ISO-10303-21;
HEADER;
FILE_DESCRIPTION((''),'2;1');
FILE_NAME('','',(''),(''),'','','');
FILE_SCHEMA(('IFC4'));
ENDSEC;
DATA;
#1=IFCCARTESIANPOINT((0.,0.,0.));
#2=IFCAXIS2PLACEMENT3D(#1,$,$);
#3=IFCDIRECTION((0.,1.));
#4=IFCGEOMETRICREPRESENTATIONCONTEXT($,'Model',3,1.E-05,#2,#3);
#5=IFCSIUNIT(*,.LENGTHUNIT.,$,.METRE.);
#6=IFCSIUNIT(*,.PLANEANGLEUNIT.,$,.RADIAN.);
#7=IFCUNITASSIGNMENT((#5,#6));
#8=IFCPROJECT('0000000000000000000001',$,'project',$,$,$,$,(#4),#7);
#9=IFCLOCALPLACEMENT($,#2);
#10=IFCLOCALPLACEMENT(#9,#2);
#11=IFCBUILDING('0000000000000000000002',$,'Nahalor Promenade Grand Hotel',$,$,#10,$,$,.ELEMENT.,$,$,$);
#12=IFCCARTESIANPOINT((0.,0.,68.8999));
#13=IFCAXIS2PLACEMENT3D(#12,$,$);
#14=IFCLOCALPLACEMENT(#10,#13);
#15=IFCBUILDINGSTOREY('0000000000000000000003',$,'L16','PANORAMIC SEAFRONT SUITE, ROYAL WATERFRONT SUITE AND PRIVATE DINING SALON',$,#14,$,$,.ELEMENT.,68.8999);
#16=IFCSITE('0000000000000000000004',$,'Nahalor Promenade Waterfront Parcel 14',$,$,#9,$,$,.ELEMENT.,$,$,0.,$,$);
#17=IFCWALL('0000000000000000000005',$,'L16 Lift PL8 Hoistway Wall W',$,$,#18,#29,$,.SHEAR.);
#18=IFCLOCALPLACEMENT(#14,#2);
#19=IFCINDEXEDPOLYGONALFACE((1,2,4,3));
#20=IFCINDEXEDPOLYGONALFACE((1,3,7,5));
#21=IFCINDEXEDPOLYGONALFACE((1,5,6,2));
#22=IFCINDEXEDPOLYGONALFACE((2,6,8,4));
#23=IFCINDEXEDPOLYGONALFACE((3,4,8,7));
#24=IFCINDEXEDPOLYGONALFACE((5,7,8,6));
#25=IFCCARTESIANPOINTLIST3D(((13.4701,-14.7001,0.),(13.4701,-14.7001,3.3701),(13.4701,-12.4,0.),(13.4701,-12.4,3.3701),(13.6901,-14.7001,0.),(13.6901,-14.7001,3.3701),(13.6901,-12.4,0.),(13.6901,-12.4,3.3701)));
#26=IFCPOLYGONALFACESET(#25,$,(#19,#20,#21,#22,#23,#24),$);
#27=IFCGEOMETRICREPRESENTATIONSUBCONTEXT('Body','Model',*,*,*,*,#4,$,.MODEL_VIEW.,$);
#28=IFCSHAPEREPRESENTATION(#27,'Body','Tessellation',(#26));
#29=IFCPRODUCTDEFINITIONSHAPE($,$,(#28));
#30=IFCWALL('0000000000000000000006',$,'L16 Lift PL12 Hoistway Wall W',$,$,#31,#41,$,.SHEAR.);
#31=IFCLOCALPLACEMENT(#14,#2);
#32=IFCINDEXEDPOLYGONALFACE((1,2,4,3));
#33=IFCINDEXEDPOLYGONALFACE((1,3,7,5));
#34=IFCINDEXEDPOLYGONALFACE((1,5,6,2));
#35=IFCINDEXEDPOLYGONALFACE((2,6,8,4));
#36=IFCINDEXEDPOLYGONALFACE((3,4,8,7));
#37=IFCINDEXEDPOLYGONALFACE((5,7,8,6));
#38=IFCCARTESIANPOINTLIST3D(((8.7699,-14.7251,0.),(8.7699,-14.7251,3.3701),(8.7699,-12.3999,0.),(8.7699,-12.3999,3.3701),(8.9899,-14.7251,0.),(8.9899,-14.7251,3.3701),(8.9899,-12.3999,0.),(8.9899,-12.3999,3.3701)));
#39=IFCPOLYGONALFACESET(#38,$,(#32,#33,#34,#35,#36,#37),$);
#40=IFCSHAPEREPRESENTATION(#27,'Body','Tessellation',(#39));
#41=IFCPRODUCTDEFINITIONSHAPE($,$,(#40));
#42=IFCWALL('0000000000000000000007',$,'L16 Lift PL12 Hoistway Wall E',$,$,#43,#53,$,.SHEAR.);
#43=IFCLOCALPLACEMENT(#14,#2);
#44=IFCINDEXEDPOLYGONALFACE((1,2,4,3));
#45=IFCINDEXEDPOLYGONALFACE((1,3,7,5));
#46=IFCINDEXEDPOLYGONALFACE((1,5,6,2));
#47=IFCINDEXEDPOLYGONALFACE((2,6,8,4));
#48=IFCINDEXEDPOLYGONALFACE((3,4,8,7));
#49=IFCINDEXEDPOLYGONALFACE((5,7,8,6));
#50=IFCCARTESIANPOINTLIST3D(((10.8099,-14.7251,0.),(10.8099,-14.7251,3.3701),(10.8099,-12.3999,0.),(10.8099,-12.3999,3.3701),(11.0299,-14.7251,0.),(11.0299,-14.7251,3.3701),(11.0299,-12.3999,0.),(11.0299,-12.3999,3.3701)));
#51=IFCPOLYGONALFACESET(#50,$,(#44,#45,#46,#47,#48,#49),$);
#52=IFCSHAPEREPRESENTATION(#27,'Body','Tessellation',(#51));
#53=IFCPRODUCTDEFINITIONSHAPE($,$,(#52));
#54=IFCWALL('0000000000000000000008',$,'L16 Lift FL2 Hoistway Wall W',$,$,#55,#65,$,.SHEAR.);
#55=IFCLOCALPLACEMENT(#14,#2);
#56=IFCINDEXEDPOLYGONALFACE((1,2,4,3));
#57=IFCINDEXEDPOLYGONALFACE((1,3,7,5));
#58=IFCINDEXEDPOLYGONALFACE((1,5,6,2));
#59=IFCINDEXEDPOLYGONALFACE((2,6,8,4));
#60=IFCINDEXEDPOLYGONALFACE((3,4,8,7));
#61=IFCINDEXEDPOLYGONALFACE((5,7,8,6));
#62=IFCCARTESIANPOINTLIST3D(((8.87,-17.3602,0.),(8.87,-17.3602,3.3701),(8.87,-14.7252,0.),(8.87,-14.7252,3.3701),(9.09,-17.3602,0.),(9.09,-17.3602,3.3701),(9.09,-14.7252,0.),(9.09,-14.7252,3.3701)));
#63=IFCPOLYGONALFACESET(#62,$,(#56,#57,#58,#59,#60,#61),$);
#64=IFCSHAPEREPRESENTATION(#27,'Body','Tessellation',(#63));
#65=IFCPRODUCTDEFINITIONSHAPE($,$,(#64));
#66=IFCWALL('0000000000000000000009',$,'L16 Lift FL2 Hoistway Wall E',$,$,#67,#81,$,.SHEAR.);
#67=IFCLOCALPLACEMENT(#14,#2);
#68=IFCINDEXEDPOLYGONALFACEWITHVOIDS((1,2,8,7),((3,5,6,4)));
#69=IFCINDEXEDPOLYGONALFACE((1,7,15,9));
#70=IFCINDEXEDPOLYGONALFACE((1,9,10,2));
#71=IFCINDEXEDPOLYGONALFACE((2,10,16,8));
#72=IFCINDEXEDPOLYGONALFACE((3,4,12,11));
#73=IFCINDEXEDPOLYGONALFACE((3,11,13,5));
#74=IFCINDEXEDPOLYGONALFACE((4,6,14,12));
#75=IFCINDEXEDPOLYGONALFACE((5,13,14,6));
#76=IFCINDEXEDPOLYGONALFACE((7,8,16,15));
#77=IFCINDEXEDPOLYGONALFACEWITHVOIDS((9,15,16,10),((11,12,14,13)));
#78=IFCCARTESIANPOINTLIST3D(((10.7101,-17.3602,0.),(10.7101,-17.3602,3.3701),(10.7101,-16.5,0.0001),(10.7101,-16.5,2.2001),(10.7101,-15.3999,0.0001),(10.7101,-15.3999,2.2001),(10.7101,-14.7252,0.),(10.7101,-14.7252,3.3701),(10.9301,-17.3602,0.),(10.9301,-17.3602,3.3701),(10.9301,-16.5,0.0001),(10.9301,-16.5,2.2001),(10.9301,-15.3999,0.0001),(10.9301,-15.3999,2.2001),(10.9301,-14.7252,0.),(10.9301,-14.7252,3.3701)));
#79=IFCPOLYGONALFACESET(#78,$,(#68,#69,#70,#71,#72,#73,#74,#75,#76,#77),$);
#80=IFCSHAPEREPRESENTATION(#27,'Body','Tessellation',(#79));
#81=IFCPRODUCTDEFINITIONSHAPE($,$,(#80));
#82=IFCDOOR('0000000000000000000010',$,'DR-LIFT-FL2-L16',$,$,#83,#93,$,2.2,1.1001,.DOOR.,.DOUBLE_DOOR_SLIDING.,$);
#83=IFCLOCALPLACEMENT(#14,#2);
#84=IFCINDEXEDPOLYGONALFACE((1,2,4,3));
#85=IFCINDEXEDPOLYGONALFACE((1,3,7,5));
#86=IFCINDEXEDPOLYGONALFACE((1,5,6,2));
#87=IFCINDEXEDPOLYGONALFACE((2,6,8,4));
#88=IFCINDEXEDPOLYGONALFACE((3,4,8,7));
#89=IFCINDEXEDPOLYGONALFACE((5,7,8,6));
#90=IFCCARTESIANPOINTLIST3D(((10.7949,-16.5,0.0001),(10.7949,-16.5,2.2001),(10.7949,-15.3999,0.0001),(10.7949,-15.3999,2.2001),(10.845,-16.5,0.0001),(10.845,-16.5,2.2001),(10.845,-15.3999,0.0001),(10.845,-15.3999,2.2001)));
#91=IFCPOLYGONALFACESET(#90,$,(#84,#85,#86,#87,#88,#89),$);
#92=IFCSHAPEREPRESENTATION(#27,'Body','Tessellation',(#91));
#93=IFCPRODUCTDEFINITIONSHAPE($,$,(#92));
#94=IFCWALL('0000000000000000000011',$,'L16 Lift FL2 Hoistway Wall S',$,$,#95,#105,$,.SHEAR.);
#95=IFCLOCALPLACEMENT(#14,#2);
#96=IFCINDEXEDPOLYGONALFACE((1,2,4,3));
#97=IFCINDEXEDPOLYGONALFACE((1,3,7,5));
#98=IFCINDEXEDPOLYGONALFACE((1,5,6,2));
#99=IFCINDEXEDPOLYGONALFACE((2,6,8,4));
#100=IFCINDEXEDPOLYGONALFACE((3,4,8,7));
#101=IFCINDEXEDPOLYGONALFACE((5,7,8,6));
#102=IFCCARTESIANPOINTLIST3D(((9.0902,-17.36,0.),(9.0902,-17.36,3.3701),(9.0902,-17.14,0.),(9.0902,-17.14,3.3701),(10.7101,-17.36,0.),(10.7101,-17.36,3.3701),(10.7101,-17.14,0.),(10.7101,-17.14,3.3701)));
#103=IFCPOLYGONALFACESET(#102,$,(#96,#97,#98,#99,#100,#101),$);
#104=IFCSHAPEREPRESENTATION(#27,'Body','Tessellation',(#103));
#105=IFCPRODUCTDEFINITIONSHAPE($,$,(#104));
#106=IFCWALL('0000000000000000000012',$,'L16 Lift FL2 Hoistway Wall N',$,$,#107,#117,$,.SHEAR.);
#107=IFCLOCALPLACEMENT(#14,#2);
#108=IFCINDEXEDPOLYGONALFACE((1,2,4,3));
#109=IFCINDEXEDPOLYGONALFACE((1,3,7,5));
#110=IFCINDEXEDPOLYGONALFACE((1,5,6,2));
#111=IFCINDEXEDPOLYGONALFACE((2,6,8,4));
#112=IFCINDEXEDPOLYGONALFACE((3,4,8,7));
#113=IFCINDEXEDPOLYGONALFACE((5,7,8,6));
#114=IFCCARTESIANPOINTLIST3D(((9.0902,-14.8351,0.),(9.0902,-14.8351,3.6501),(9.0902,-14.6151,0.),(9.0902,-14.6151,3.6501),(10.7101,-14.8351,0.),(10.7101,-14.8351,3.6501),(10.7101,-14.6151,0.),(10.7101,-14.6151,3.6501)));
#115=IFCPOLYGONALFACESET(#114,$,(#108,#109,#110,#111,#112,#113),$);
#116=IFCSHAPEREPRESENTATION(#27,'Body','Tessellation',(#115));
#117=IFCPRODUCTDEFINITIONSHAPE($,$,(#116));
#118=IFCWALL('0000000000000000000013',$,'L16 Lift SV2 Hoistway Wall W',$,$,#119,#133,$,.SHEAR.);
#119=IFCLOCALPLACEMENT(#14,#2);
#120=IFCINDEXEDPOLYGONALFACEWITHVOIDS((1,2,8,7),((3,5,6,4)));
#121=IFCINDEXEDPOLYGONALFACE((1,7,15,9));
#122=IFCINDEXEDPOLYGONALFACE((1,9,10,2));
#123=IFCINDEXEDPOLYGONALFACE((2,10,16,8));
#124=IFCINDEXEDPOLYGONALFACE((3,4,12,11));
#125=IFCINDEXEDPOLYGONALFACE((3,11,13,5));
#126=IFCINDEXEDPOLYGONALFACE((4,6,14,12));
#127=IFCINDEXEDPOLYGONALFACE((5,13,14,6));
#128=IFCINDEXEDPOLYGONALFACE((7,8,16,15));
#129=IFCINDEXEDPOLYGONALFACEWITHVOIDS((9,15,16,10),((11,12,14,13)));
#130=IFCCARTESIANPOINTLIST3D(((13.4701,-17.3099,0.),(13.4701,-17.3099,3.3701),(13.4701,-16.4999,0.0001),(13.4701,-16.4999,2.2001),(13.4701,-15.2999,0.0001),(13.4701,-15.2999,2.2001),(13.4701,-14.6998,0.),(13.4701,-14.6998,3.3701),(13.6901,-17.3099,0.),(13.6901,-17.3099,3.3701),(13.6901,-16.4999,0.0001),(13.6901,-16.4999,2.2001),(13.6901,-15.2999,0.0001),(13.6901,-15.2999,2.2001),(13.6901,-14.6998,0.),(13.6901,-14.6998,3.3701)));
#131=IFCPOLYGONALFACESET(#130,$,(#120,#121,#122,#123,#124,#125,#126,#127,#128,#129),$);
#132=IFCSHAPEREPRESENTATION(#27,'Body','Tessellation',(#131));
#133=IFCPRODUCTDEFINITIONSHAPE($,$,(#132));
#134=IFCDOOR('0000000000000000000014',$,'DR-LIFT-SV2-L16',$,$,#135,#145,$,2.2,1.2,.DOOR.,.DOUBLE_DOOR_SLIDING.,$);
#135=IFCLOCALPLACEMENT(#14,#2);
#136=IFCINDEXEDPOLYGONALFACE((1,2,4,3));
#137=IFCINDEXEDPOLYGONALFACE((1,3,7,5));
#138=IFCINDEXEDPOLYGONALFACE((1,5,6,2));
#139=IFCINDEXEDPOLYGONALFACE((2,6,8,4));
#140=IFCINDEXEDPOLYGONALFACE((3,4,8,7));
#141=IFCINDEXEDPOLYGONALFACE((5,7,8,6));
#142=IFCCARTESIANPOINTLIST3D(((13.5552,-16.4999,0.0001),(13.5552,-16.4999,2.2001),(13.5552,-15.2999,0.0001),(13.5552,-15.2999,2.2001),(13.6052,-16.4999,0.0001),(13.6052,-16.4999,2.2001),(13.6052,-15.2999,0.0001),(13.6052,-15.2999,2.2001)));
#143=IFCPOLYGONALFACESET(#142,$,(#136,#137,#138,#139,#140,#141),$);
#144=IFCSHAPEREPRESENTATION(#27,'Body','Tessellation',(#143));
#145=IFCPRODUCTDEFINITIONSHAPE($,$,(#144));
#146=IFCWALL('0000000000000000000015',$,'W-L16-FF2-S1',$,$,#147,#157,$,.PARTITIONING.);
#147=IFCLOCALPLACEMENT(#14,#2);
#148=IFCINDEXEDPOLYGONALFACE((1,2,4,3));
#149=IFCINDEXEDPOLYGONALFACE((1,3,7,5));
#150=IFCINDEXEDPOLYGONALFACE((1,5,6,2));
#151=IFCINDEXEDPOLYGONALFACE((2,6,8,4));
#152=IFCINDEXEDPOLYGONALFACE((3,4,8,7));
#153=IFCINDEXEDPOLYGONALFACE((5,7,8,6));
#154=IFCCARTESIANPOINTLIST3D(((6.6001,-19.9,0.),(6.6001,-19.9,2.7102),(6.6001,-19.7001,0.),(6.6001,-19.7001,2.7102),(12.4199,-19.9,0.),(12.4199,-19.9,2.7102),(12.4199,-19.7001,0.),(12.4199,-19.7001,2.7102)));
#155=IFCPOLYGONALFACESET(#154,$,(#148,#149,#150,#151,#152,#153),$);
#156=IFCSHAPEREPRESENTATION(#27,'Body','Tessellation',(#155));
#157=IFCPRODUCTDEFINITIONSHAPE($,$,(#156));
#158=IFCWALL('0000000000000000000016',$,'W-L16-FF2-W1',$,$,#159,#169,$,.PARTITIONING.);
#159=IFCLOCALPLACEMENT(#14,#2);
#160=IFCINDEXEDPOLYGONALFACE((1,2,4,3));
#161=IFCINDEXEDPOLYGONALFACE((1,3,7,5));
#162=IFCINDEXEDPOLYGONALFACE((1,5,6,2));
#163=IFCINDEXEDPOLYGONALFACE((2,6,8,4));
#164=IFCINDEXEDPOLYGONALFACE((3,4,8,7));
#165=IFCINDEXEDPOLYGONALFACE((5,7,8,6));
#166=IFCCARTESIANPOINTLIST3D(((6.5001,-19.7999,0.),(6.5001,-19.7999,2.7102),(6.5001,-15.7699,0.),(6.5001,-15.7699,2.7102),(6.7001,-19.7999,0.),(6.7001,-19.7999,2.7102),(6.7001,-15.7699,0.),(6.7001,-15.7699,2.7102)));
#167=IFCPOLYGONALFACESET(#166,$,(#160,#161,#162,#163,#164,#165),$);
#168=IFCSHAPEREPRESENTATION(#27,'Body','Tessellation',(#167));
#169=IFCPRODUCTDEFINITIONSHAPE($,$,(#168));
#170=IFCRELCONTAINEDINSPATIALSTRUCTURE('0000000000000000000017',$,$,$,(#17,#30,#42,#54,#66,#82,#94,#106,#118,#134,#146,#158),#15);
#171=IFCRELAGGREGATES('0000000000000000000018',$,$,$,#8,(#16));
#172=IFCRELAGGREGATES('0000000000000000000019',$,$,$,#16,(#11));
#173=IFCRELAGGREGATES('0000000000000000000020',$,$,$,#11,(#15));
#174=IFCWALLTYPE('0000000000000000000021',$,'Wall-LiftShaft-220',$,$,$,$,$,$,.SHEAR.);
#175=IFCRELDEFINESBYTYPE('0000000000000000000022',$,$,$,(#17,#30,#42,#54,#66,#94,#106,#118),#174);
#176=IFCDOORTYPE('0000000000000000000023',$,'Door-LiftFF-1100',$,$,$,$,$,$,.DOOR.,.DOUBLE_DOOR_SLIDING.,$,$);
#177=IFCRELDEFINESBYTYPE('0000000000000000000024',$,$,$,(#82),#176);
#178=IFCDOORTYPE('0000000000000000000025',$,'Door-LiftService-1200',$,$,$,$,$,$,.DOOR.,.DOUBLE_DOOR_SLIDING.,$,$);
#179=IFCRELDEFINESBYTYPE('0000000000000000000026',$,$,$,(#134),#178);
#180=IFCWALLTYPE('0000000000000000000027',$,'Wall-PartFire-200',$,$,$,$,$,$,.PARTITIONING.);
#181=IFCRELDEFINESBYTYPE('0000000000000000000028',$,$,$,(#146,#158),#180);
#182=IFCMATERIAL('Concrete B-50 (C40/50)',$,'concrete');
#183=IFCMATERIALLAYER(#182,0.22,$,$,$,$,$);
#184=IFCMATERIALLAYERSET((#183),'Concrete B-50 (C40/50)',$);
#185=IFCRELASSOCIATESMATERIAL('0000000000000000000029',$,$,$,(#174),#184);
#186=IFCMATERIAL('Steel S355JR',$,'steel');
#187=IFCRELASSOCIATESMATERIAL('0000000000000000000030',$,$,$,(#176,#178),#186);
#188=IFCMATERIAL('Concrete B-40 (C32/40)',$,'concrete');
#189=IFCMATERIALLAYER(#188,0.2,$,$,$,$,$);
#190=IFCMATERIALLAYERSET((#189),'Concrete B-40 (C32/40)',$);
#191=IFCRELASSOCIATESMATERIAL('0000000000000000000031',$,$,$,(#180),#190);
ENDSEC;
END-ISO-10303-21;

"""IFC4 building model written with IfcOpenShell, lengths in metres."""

from ifc_helpers import new_model, si_unit, direction, frame, frame_2d, origin, place, context, subcontext, project, spatial, rectangle, extrude, source, transform, mapped, material, layer, layer_set, type_object, element, fill, save


model = new_model("IFC4")

# Units and contexts
model_context = context("Model", 3, precision=1e-05, world=origin(), true_north=direction((0.0, 1.0)))
body_context = subcontext(model_context, "Body", "Model", "MODEL_VIEW")
ifc_project = project(units=[si_unit("LENGTHUNIT", "METRE"), si_unit("PLANEANGLEUNIT", "RADIAN")], contexts=[model_context])

# Site, building, storey
site_placement = place(None, origin())
site = spatial("IfcSite", under=ifc_project, at=site_placement, Name="Nahalor Promenade Waterfront Parcel 14", CompositionType="ELEMENT", RefElevation=0.0)
building_placement = place(site_placement, origin())
building = spatial("IfcBuilding", under=site, at=building_placement, Name="Nahalor Promenade Grand Hotel", CompositionType="ELEMENT")
storey_placement = place(building_placement, frame((0.0, 0.0, 68.8999)))
storey = spatial("IfcBuildingStorey", under=building, at=storey_placement, Name="L16", Description="PANORAMIC SEAFRONT SUITE, ROYAL WATERFRONT SUITE AND PRIVATE DINING SALON", CompositionType="ELEMENT", Elevation=68.8999)

# Shared definitions
ifc_material_1 = material(Name="Steel S355JR", Category="steel")

# Shared definitions
ifc_material_2 = material(Name="Concrete B-50 (C40/50)", Category="concrete")

# Walls
ifc_layer_1 = layer(ifc_material_2, 0.22)
ifc_layer_set_1 = layer_set([ifc_layer_1], Name="Concrete B-50 (C40/50)")
wall_type_1 = type_object("IfcWallType", Name="Wall-LiftShaft-220", PredefinedType="SHEAR", material=ifc_layer_set_1)
shared_shape_1 = source(origin(), body_context, "Body", "SweptSolid", [
    extrude(rectangle(XDim=2.3, YDim=0.22, at=frame_2d((1.1499, 0.0))), origin(), (0.0, 0.0, 1.0), 3.3701),
])
wall_1_placement = place(storey_placement, frame((13.5801, -14.7, 0.0), z_axis=(0.0, 0.0, 1.0), x_axis=(0.0, 1.0, 0.0)))
element("IfcWall", 1, at=wall_1_placement, inside=storey, type_object=wall_type_1, Name="L16 Lift PL8 Hoistway Wall W", PredefinedType="SHEAR", context=body_context, shape_type="MappedRepresentation", body=[
    mapped(shared_shape_1, transform((0.0, 0.0, 0.0), scale=1.0)),
])
shared_shape_2 = source(origin(), body_context, "Body", "SweptSolid", [
    extrude(rectangle(XDim=2.3252, YDim=0.22, at=frame_2d((1.1626, 0.0))), origin(), (0.0, 0.0, 1.0), 3.3701),
])
for number, where, z_axis, x_axis, name in (
    (2, (8.8799, -14.7251, 0.0), (0.0, 0.0, 1.0), (0.0, 1.0, 0.0), "L16 Lift PL12 Hoistway Wall W"),
    (3, (10.9199, -14.7251, 0.0), (0.0, 0.0, 1.0), (0.0, 1.0, 0.0), "L16 Lift PL12 Hoistway Wall E"),
):
    element("IfcWall", number, at=place(storey_placement, frame(where, z_axis=z_axis, x_axis=x_axis)), inside=storey, type_object=wall_type_1, Name=name, PredefinedType="SHEAR", context=body_context, shape_type="MappedRepresentation", body=[
        mapped(shared_shape_2, transform((0.0, 0.0, 0.0), scale=1.0)),
    ])
shared_shape_3 = source(origin(), body_context, "Body", "SweptSolid", [
    extrude(rectangle(XDim=2.635, YDim=0.22, at=frame_2d((1.3174, 0.0))), origin(), (0.0, 0.0, 1.0), 3.3701),
])
wall_2_placement = place(storey_placement, frame((8.98, -17.3601, 0.0), z_axis=(0.0, 0.0, 1.0), x_axis=(0.0, 1.0, 0.0)))
element("IfcWall", 4, at=wall_2_placement, inside=storey, type_object=wall_type_1, Name="L16 Lift FL2 Hoistway Wall W", PredefinedType="SHEAR", context=body_context, shape_type="MappedRepresentation", body=[
    mapped(shared_shape_3, transform((0.0, 0.0, 0.0), scale=1.0)),
])

# Wall, opening, door
wall_3_placement = place(storey_placement, frame((10.8201, -17.3601, 0.0), z_axis=(0.0, 0.0, 1.0), x_axis=(0.0, 1.0, 0.0)))
wall_3 = element("IfcWall", 5, at=wall_3_placement, inside=storey, type_object=wall_type_1, Name="L16 Lift FL2 Hoistway Wall E", PredefinedType="SHEAR", context=body_context, shape_type="MappedRepresentation", body=[
    mapped(shared_shape_3, transform((0.0, 0.0, 0.0), scale=1.0)),
])
opening_1_placement = place(wall_3_placement, frame((0.8601, 0.0, 0.0)))
opening_1 = element("IfcOpeningElement", 6, at=opening_1_placement, cuts=wall_3, PredefinedType="OPENING", context=body_context, shape_type="SweptSolid", body=[
    extrude(rectangle(XDim=1.1001, YDim=2.2, at=frame_2d((0.55, 1.1001))), frame((0.0, 0.1199, 0.0), z_axis=(0.0, -1.0, 0.0), x_axis=(1.0, 0.0, 0.0)), (0.0, 0.0, 1.0), 0.24),
])
door_type_1 = type_object("IfcDoorType", Name="Door-LiftFF-1100", OperationType="DOUBLE_DOOR_SLIDING", PredefinedType="DOOR", material=ifc_material_1)
shared_shape_4 = source(origin(), body_context, "Body", "SweptSolid", [
    extrude(rectangle(XDim=1.1001, YDim=2.2, at=frame_2d((0.55, 1.1001))), frame((0.0, 0.0249, 0.0), z_axis=(0.0, -1.0, 0.0), x_axis=(1.0, 0.0, 0.0)), (0.0, 0.0, 1.0), 0.05),
])
door_1_placement = place(opening_1_placement, frame((1.1001, 0.0, 0.0), z_axis=(0.0, 0.0, 1.0), x_axis=(-1.0, 0.0, 0.0)))
door_1 = element("IfcDoor", 7, at=door_1_placement, inside=storey, type_object=door_type_1, Name="DR-LIFT-FL2-L16", OperationType="DOUBLE_DOOR_SLIDING", OverallHeight=2.2, OverallWidth=1.1001, PredefinedType="DOOR", context=body_context, shape_type="MappedRepresentation", body=[
    mapped(shared_shape_4, transform((0.0, 0.0, 0.0), scale=1.0)),
])
fill(opening_1, door_1)

# Walls
shared_shape_5 = source(origin(), body_context, "Body", "SweptSolid", [
    extrude(rectangle(XDim=1.6199, YDim=0.22, at=frame_2d((0.8101, 0.0))), origin(), (0.0, 0.0, 1.0), 3.3701),
])
wall_4_placement = place(storey_placement, frame((9.0901, -17.25, 0.0), z_axis=(0.0, 0.0, 1.0), x_axis=(1.0, 0.0, 0.0)))
element("IfcWall", 8, at=wall_4_placement, inside=storey, type_object=wall_type_1, Name="L16 Lift FL2 Hoistway Wall S", PredefinedType="SHEAR", context=body_context, shape_type="MappedRepresentation", body=[
    mapped(shared_shape_5, transform((0.0, 0.0, 0.0), scale=1.0)),
])
shared_shape_6 = source(origin(), body_context, "Body", "SweptSolid", [
    extrude(rectangle(XDim=1.6199, YDim=0.22, at=frame_2d((0.8101, 0.0))), origin(), (0.0, 0.0, 1.0), 3.6501),
])
wall_5_placement = place(storey_placement, frame((9.0901, -14.7251, 0.0), z_axis=(0.0, 0.0, 1.0), x_axis=(1.0, 0.0, 0.0)))
element("IfcWall", 9, at=wall_5_placement, inside=storey, type_object=wall_type_1, Name="L16 Lift FL2 Hoistway Wall N", PredefinedType="SHEAR", context=body_context, shape_type="MappedRepresentation", body=[
    mapped(shared_shape_6, transform((0.0, 0.0, 0.0), scale=1.0)),
])

# Wall, opening, door
shared_shape_7 = source(origin(), body_context, "Body", "SweptSolid", [
    extrude(rectangle(XDim=2.6101, YDim=0.22, at=frame_2d((1.3052, 0.0))), origin(), (0.0, 0.0, 1.0), 3.3701),
])
wall_6_placement = place(storey_placement, frame((13.5801, -17.3101, 0.0), z_axis=(0.0, 0.0, 1.0), x_axis=(0.0, 1.0, 0.0)))
wall_6 = element("IfcWall", 10, at=wall_6_placement, inside=storey, type_object=wall_type_1, Name="L16 Lift SV2 Hoistway Wall W", PredefinedType="SHEAR", context=body_context, shape_type="MappedRepresentation", body=[
    mapped(shared_shape_7, transform((0.0, 0.0, 0.0), scale=1.0)),
])
opening_2_placement = place(wall_6_placement, frame((0.8101, 0.0, 0.0)))
opening_2 = element("IfcOpeningElement", 11, at=opening_2_placement, cuts=wall_6, PredefinedType="OPENING", context=body_context, shape_type="SweptSolid", body=[
    extrude(rectangle(XDim=1.2, YDim=2.2, at=frame_2d((0.6001, 1.1001))), frame((0.0, 0.1199, 0.0), z_axis=(0.0, -1.0, 0.0), x_axis=(1.0, 0.0, 0.0)), (0.0, 0.0, 1.0), 0.24),
])
door_type_2 = type_object("IfcDoorType", Name="Door-LiftService-1200", OperationType="DOUBLE_DOOR_SLIDING", PredefinedType="DOOR", material=ifc_material_1)
shared_shape_8 = source(origin(), body_context, "Body", "SweptSolid", [
    extrude(rectangle(XDim=1.2, YDim=2.2, at=frame_2d((0.6001, 1.1001))), frame((0.0, 0.0249, 0.0), z_axis=(0.0, -1.0, 0.0), x_axis=(1.0, 0.0, 0.0)), (0.0, 0.0, 1.0), 0.05),
])
door_2_placement = place(opening_2_placement, origin())
door_2 = element("IfcDoor", 12, at=door_2_placement, inside=storey, type_object=door_type_2, Name="DR-LIFT-SV2-L16", OperationType="DOUBLE_DOOR_SLIDING", OverallHeight=2.2, OverallWidth=1.2, PredefinedType="DOOR", context=body_context, shape_type="MappedRepresentation", body=[
    mapped(shared_shape_8, transform((0.0, 0.0, 0.0), scale=1.0)),
])
fill(opening_2, door_2)

# Walls
ifc_material_3 = material(Name="Concrete B-40 (C32/40)", Category="concrete")
ifc_layer_2 = layer(ifc_material_3, 0.2)
ifc_layer_set_2 = layer_set([ifc_layer_2], Name="Concrete B-40 (C32/40)")
wall_type_2 = type_object("IfcWallType", Name="Wall-PartFire-200", PredefinedType="PARTITIONING", material=ifc_layer_set_2)
shared_shape_9 = source(origin(), body_context, "Body", "SweptSolid", [
    extrude(rectangle(XDim=5.8198, YDim=0.2, at=frame_2d((2.9099, 0.0))), origin(), (0.0, 0.0, 1.0), 2.7102),
])
wall_7_placement = place(storey_placement, frame((6.6001, -19.8, 0.0), z_axis=(0.0, 0.0, 1.0), x_axis=(1.0, 0.0, 0.0)))
element("IfcWall", 13, at=wall_7_placement, inside=storey, type_object=wall_type_2, Name="W-L16-FF2-S1", PredefinedType="PARTITIONING", context=body_context, shape_type="MappedRepresentation", body=[
    mapped(shared_shape_9, transform((0.0, 0.0, 0.0), scale=1.0)),
])
shared_shape_10 = source(origin(), body_context, "Body", "SweptSolid", [
    extrude(rectangle(XDim=4.03, YDim=0.2, at=frame_2d((2.0151, 0.0))), origin(), (0.0, 0.0, 1.0), 2.7102),
])
wall_8_placement = place(storey_placement, frame((6.6001, -19.8, 0.0), z_axis=(0.0, 0.0, 1.0), x_axis=(0.0, 1.0, 0.0)))
element("IfcWall", 14, at=wall_8_placement, inside=storey, type_object=wall_type_2, Name="W-L16-FF2-W1", PredefinedType="PARTITIONING", context=body_context, shape_type="MappedRepresentation", body=[
    mapped(shared_shape_10, transform((0.0, 0.0, 0.0), scale=1.0)),
])

save(model, "model.ifc")
